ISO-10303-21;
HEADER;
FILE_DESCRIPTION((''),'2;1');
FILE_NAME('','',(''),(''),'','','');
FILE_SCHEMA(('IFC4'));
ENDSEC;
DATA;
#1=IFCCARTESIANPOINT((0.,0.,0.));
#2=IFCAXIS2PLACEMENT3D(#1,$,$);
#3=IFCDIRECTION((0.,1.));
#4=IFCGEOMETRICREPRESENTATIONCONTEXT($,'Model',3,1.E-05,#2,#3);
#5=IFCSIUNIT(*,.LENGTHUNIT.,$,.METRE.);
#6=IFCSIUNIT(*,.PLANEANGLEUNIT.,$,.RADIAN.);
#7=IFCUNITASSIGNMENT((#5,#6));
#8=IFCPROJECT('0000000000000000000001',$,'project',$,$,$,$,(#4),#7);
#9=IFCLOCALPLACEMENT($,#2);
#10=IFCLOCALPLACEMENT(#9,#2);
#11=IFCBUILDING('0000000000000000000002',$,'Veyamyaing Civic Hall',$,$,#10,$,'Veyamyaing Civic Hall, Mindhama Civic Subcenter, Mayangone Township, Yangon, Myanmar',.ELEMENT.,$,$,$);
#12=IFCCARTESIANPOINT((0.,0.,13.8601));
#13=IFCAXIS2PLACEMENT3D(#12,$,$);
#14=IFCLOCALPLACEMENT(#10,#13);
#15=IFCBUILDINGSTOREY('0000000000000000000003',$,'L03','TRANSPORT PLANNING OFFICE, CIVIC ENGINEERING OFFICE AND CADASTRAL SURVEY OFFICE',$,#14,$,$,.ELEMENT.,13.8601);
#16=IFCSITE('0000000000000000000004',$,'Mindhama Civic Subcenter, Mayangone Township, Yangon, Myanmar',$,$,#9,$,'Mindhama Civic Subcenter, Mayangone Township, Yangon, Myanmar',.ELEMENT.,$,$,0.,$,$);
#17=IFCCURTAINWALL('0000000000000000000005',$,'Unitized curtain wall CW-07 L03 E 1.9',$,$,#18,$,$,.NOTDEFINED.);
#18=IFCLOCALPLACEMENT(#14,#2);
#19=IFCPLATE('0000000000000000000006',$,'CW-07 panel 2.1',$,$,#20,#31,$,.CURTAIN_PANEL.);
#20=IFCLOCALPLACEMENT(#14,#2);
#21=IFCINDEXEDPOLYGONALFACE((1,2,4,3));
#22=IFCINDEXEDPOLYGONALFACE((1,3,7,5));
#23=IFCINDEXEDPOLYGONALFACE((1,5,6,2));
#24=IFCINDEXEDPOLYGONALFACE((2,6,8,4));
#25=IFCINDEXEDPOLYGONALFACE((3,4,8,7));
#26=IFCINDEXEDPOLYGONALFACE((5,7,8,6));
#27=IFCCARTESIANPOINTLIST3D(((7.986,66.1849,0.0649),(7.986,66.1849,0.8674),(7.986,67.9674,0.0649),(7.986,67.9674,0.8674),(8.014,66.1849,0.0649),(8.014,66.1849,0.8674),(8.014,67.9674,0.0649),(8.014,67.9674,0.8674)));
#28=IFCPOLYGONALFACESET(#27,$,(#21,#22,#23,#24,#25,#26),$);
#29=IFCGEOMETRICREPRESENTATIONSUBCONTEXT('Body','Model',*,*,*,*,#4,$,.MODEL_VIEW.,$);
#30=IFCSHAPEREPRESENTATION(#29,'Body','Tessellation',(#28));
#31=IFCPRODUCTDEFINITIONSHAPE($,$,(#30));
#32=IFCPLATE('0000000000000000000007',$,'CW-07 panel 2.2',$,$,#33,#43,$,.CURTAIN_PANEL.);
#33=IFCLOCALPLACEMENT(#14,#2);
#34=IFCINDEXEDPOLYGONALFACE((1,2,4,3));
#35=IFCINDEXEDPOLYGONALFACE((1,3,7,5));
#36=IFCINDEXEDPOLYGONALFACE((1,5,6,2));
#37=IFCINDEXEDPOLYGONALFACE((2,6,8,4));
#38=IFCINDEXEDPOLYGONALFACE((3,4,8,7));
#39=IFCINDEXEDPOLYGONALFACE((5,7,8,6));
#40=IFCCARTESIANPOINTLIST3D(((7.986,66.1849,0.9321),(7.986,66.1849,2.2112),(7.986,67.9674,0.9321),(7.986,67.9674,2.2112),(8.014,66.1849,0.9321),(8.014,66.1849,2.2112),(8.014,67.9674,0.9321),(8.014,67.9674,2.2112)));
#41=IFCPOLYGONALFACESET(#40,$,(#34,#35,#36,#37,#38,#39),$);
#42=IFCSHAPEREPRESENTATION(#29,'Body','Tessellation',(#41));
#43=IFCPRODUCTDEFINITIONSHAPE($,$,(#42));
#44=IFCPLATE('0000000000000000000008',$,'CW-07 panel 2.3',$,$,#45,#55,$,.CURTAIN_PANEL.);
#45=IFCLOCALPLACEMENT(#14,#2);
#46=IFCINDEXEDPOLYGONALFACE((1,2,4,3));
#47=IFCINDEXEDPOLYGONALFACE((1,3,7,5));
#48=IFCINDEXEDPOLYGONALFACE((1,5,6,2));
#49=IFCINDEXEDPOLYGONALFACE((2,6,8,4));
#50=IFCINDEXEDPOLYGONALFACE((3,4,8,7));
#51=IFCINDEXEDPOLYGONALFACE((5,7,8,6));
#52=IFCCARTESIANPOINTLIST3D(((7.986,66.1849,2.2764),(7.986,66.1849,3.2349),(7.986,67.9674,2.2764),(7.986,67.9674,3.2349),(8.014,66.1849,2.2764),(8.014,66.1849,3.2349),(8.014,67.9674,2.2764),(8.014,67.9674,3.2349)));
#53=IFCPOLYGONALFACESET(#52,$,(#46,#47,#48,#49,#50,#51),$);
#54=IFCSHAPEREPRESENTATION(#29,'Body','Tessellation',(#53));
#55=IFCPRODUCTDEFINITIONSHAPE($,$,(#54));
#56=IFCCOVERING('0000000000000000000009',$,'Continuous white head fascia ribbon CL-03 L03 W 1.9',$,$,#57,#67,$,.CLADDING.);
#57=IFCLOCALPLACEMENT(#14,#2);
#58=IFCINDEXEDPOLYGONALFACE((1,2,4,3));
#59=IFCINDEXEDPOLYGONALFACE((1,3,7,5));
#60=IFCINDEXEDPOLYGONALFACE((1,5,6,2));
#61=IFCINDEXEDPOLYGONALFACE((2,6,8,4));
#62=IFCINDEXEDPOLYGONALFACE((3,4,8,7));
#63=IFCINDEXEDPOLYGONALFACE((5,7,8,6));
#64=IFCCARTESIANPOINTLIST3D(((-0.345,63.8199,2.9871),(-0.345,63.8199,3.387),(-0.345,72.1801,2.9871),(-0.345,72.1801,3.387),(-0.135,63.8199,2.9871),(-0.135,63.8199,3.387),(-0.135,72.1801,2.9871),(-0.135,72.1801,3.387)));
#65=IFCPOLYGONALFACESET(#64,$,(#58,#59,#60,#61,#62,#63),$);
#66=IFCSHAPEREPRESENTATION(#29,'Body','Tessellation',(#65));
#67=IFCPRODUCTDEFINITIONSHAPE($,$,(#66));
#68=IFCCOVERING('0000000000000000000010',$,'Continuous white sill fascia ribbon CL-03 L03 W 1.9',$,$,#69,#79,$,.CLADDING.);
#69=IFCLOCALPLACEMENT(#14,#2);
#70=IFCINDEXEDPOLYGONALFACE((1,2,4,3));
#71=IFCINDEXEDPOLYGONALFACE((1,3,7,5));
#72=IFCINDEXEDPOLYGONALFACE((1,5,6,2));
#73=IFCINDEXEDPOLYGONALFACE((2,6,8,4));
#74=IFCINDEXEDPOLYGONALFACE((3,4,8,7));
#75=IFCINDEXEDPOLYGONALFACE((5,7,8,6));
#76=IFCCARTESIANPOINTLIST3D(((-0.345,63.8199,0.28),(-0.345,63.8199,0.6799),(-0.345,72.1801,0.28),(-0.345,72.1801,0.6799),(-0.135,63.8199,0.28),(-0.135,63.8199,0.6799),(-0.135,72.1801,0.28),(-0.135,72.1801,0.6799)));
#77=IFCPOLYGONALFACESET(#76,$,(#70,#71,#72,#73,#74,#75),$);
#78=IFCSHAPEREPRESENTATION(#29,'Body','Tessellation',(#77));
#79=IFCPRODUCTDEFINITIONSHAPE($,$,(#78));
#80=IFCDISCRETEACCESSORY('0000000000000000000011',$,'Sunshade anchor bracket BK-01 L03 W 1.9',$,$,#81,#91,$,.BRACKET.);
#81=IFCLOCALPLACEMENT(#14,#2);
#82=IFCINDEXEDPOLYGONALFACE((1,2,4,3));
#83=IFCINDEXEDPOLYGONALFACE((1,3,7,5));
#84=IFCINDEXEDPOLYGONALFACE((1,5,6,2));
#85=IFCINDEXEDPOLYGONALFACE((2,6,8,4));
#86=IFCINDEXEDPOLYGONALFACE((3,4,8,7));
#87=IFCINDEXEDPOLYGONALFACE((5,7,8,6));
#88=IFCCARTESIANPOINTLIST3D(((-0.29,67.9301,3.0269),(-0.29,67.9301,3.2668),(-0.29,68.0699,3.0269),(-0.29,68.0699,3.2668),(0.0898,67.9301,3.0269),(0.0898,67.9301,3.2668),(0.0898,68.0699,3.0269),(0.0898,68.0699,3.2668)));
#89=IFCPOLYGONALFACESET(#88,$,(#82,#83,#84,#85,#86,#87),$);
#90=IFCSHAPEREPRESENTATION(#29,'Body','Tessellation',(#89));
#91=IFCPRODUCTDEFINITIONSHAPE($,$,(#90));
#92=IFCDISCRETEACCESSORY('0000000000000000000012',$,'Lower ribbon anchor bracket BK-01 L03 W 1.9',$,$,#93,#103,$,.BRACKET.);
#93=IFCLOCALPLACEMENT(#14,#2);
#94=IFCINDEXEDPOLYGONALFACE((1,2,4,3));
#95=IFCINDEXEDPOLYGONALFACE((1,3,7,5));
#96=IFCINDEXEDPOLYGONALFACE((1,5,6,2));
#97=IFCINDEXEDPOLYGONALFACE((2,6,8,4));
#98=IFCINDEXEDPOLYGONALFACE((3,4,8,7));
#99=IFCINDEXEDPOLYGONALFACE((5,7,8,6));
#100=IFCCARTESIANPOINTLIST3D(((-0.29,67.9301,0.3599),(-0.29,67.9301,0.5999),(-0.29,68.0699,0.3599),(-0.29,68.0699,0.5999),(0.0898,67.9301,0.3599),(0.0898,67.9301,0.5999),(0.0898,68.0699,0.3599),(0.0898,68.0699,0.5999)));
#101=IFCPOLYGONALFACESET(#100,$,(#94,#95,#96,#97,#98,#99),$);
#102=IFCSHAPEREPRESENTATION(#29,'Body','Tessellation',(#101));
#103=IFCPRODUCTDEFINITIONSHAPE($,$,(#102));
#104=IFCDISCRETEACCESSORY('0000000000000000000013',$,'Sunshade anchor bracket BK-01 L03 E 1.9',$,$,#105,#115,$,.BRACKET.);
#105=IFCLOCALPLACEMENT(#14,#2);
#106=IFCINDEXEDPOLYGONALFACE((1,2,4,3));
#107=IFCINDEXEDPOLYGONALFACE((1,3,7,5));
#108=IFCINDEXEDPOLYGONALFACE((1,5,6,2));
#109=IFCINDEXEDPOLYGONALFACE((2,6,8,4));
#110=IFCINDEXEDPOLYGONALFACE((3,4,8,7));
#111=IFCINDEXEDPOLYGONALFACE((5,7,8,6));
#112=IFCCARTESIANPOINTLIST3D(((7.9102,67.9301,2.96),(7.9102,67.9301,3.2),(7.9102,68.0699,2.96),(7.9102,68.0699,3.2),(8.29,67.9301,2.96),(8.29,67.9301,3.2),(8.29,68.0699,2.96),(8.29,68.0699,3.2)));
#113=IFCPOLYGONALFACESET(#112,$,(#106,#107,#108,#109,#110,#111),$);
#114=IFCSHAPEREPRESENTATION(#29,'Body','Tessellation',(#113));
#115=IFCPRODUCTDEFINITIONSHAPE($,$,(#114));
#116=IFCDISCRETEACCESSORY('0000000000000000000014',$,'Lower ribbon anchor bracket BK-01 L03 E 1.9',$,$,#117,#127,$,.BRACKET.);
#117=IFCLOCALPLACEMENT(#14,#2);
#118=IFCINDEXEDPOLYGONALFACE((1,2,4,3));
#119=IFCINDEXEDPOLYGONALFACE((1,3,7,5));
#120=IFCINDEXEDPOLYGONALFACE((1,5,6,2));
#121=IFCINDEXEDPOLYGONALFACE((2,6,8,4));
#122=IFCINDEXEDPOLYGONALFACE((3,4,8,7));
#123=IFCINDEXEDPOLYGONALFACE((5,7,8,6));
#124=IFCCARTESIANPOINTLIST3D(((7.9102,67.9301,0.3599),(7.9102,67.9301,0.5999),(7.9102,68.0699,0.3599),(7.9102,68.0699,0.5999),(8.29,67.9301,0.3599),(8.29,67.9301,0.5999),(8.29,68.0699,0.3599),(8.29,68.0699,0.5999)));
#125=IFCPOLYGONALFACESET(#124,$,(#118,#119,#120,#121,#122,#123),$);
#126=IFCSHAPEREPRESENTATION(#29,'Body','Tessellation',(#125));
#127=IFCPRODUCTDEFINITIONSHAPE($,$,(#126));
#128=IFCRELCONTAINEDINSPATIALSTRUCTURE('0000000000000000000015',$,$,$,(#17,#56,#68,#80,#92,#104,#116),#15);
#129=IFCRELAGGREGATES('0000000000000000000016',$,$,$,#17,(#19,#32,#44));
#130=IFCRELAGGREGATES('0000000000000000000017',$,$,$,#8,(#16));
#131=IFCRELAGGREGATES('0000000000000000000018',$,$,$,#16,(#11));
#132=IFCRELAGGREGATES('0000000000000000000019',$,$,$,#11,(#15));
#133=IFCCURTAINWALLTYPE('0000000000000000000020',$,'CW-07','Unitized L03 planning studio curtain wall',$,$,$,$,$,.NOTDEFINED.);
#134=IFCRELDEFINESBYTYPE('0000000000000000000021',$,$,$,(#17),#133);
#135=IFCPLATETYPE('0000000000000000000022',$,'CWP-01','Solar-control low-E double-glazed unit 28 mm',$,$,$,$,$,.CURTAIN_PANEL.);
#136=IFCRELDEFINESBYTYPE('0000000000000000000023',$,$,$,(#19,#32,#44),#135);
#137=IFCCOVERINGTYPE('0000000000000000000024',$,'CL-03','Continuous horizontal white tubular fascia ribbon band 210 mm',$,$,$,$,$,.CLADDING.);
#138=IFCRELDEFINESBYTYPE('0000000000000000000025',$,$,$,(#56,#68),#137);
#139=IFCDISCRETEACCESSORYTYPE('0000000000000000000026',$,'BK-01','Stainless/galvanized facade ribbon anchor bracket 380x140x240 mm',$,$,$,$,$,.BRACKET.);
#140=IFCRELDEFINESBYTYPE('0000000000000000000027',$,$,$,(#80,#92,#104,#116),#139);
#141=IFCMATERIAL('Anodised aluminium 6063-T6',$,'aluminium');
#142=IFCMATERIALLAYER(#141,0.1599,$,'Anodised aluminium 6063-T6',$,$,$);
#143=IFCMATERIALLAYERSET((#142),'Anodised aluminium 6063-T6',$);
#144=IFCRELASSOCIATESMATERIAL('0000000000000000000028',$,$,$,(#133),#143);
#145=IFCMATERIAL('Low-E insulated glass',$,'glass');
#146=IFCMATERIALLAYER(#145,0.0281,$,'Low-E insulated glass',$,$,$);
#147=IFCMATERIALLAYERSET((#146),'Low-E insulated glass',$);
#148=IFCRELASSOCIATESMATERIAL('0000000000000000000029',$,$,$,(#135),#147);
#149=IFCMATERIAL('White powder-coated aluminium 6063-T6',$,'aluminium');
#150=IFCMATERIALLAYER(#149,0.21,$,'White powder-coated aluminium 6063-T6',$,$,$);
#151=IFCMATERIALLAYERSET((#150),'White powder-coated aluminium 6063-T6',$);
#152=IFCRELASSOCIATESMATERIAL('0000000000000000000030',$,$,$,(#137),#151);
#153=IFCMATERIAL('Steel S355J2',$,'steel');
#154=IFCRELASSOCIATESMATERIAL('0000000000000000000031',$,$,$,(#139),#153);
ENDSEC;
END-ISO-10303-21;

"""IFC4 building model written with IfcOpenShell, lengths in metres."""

from ifc_helpers import new_model, si_unit, direction, frame, origin, origin_2d, place, context, subcontext, project, spatial, rectangle, extrude, material, layer, layer_set, type_object, element, aggregate, save


model = new_model("IFC4")

# Units and contexts
model_context = context("Model", 3, precision=1e-05, world=origin(), true_north=direction((0.0, 1.0)))
body_context = subcontext(model_context, "Body", "Model", "MODEL_VIEW")
ifc_project = project(units=[si_unit("LENGTHUNIT", "METRE"), si_unit("PLANEANGLEUNIT", "RADIAN")], contexts=[model_context])

# Site, building, storey
site_placement = place(None, origin())
site = spatial("IfcSite", under=ifc_project, at=site_placement, Name="Mindhama Civic Subcenter, Mayangone Township, Yangon, Myanmar", LongName="Mindhama Civic Subcenter, Mayangone Township, Yangon, Myanmar", CompositionType="ELEMENT", RefElevation=0.0)
building_placement = place(site_placement, origin())
building = spatial("IfcBuilding", under=site, at=building_placement, Name="Veyamyaing Civic Hall", LongName="Veyamyaing Civic Hall, Mindhama Civic Subcenter, Mayangone Township, Yangon, Myanmar", CompositionType="ELEMENT")
storey_placement = place(building_placement, frame((0.0, 0.0, 13.8601)))
storey = spatial("IfcBuildingStorey", under=building, at=storey_placement, Name="L03", Description="TRANSPORT PLANNING OFFICE, CIVIC ENGINEERING OFFICE AND CADASTRAL SURVEY OFFICE", CompositionType="ELEMENT", Elevation=13.8601)

# Curtain wall
ifc_material_1 = material(Name="Anodised aluminium 6063-T6", Category="aluminium")
ifc_layer_1 = layer(ifc_material_1, 0.1599, Name="Anodised aluminium 6063-T6")
ifc_layer_set_1 = layer_set([ifc_layer_1], Name="Anodised aluminium 6063-T6")
curtain_wall_type = type_object("IfcCurtainWallType", Name="CW-07", Description="Unitized L03 planning studio curtain wall", PredefinedType="NOTDEFINED", material=ifc_layer_set_1)
curtain_wall_1_placement = place(storey_placement, origin())
curtain_wall_1 = element("IfcCurtainWall", 1, at=curtain_wall_1_placement, inside=storey, type_object=curtain_wall_type, Name="Unitized curtain wall CW-07 L03 E 1.9", PredefinedType="NOTDEFINED")

# Plates
ifc_material_2 = material(Name="Low-E insulated glass", Category="glass")
ifc_layer_2 = layer(ifc_material_2, 0.0281, Name="Low-E insulated glass")
ifc_layer_set_2 = layer_set([ifc_layer_2], Name="Low-E insulated glass")
plate_type = type_object("IfcPlateType", Name="CWP-01", Description="Solar-control low-E double-glazed unit 28 mm", PredefinedType="CURTAIN_PANEL", material=ifc_layer_set_2)
plate_1_placement = place(storey_placement, frame((8.0, 67.0762, 0.0649), z_axis=(0.0, 0.0, 1.0), x_axis=(0.0, 1.0, 0.0)))
plate_1 = element("IfcPlate", 2, at=plate_1_placement, type_object=plate_type, Name="CW-07 panel 2.1", PredefinedType="CURTAIN_PANEL", context=body_context, shape_type="SweptSolid", body=[
    extrude(rectangle(XDim=1.7825, YDim=0.0281, at=origin_2d()), origin(), (0.0, 0.0, 1.0), 0.8025),
])
plate_2_placement = place(storey_placement, frame((8.0, 67.0762, 0.9321), z_axis=(0.0, 0.0, 1.0), x_axis=(0.0, 1.0, 0.0)))
plate_2 = element("IfcPlate", 3, at=plate_2_placement, type_object=plate_type, Name="CW-07 panel 2.2", PredefinedType="CURTAIN_PANEL", context=body_context, shape_type="SweptSolid", body=[
    extrude(rectangle(XDim=1.7825, YDim=0.0281, at=origin_2d()), origin(), (0.0, 0.0, 1.0), 1.2791),
])
plate_3_placement = place(storey_placement, frame((8.0, 67.0762, 2.2764), z_axis=(0.0, 0.0, 1.0), x_axis=(0.0, 1.0, 0.0)))
plate_3 = element("IfcPlate", 4, at=plate_3_placement, type_object=plate_type, Name="CW-07 panel 2.3", PredefinedType="CURTAIN_PANEL", context=body_context, shape_type="SweptSolid", body=[
    extrude(rectangle(XDim=1.7825, YDim=0.0281, at=origin_2d()), origin(), (0.0, 0.0, 1.0), 0.9585),
])
aggregate(curtain_wall_1, [plate_1, plate_2, plate_3])

# Coverings
ifc_material_3 = material(Name="White powder-coated aluminium 6063-T6", Category="aluminium")
ifc_layer_3 = layer(ifc_material_3, 0.21, Name="White powder-coated aluminium 6063-T6")
ifc_layer_set_3 = layer_set([ifc_layer_3], Name="White powder-coated aluminium 6063-T6")
covering_type = type_object("IfcCoveringType", Name="CL-03", Description="Continuous horizontal white tubular fascia ribbon band 210 mm", PredefinedType="CLADDING", material=ifc_layer_set_3)
for number, where, z_axis, x_axis, name in (
    (5, (-0.24, 68.0, 2.9871), (0.0, 0.0, 1.0), (0.0, 1.0, 0.0), "Continuous white head fascia ribbon CL-03 L03 W 1.9"),
    (6, (-0.24, 68.0, 0.28), (0.0, 0.0, 1.0), (0.0, 1.0, 0.0), "Continuous white sill fascia ribbon CL-03 L03 W 1.9"),
):
    element("IfcCovering", number, at=place(storey_placement, frame(where, z_axis=z_axis, x_axis=x_axis)), inside=storey, type_object=covering_type, Name=name, PredefinedType="CLADDING", context=body_context, shape_type="SweptSolid", body=[
        extrude(rectangle(XDim=8.3601, YDim=0.21, at=origin_2d()), origin(), (0.0, 0.0, 1.0), 0.3999),
    ])

# Discrete accessories
ifc_material_4 = material(Name="Steel S355J2", Category="steel")
discrete_accessory_type = type_object("IfcDiscreteAccessoryType", Name="BK-01", Description="Stainless/galvanized facade ribbon anchor bracket 380x140x240 mm", PredefinedType="BRACKET", material=ifc_material_4)
for number, where, z_axis, x_axis, name in (
    (7, (-0.1001, 68.0, 3.0269), (0.0, 0.0, 1.0), (-1.0, 0.0, 0.0), "Sunshade anchor bracket BK-01 L03 W 1.9"),
    (8, (-0.1001, 68.0, 0.3599), (0.0, 0.0, 1.0), (-1.0, 0.0, 0.0), "Lower ribbon anchor bracket BK-01 L03 W 1.9"),
    (9, (8.1001, 68.0, 2.96), (0.0, 0.0, 1.0), (1.0, 0.0, 0.0), "Sunshade anchor bracket BK-01 L03 E 1.9"),
    (10, (8.1001, 68.0, 0.3599), (0.0, 0.0, 1.0), (1.0, 0.0, 0.0), "Lower ribbon anchor bracket BK-01 L03 E 1.9"),
):
    element("IfcDiscreteAccessory", number, at=place(storey_placement, frame(where, z_axis=z_axis, x_axis=x_axis)), inside=storey, type_object=discrete_accessory_type, Name=name, PredefinedType="BRACKET", context=body_context, shape_type="SweptSolid", body=[
        extrude(rectangle(XDim=0.3799, YDim=0.1399, at=origin_2d()), origin(), (0.0, 0.0, 1.0), 0.24),
    ])

save(model, "model.ifc")
